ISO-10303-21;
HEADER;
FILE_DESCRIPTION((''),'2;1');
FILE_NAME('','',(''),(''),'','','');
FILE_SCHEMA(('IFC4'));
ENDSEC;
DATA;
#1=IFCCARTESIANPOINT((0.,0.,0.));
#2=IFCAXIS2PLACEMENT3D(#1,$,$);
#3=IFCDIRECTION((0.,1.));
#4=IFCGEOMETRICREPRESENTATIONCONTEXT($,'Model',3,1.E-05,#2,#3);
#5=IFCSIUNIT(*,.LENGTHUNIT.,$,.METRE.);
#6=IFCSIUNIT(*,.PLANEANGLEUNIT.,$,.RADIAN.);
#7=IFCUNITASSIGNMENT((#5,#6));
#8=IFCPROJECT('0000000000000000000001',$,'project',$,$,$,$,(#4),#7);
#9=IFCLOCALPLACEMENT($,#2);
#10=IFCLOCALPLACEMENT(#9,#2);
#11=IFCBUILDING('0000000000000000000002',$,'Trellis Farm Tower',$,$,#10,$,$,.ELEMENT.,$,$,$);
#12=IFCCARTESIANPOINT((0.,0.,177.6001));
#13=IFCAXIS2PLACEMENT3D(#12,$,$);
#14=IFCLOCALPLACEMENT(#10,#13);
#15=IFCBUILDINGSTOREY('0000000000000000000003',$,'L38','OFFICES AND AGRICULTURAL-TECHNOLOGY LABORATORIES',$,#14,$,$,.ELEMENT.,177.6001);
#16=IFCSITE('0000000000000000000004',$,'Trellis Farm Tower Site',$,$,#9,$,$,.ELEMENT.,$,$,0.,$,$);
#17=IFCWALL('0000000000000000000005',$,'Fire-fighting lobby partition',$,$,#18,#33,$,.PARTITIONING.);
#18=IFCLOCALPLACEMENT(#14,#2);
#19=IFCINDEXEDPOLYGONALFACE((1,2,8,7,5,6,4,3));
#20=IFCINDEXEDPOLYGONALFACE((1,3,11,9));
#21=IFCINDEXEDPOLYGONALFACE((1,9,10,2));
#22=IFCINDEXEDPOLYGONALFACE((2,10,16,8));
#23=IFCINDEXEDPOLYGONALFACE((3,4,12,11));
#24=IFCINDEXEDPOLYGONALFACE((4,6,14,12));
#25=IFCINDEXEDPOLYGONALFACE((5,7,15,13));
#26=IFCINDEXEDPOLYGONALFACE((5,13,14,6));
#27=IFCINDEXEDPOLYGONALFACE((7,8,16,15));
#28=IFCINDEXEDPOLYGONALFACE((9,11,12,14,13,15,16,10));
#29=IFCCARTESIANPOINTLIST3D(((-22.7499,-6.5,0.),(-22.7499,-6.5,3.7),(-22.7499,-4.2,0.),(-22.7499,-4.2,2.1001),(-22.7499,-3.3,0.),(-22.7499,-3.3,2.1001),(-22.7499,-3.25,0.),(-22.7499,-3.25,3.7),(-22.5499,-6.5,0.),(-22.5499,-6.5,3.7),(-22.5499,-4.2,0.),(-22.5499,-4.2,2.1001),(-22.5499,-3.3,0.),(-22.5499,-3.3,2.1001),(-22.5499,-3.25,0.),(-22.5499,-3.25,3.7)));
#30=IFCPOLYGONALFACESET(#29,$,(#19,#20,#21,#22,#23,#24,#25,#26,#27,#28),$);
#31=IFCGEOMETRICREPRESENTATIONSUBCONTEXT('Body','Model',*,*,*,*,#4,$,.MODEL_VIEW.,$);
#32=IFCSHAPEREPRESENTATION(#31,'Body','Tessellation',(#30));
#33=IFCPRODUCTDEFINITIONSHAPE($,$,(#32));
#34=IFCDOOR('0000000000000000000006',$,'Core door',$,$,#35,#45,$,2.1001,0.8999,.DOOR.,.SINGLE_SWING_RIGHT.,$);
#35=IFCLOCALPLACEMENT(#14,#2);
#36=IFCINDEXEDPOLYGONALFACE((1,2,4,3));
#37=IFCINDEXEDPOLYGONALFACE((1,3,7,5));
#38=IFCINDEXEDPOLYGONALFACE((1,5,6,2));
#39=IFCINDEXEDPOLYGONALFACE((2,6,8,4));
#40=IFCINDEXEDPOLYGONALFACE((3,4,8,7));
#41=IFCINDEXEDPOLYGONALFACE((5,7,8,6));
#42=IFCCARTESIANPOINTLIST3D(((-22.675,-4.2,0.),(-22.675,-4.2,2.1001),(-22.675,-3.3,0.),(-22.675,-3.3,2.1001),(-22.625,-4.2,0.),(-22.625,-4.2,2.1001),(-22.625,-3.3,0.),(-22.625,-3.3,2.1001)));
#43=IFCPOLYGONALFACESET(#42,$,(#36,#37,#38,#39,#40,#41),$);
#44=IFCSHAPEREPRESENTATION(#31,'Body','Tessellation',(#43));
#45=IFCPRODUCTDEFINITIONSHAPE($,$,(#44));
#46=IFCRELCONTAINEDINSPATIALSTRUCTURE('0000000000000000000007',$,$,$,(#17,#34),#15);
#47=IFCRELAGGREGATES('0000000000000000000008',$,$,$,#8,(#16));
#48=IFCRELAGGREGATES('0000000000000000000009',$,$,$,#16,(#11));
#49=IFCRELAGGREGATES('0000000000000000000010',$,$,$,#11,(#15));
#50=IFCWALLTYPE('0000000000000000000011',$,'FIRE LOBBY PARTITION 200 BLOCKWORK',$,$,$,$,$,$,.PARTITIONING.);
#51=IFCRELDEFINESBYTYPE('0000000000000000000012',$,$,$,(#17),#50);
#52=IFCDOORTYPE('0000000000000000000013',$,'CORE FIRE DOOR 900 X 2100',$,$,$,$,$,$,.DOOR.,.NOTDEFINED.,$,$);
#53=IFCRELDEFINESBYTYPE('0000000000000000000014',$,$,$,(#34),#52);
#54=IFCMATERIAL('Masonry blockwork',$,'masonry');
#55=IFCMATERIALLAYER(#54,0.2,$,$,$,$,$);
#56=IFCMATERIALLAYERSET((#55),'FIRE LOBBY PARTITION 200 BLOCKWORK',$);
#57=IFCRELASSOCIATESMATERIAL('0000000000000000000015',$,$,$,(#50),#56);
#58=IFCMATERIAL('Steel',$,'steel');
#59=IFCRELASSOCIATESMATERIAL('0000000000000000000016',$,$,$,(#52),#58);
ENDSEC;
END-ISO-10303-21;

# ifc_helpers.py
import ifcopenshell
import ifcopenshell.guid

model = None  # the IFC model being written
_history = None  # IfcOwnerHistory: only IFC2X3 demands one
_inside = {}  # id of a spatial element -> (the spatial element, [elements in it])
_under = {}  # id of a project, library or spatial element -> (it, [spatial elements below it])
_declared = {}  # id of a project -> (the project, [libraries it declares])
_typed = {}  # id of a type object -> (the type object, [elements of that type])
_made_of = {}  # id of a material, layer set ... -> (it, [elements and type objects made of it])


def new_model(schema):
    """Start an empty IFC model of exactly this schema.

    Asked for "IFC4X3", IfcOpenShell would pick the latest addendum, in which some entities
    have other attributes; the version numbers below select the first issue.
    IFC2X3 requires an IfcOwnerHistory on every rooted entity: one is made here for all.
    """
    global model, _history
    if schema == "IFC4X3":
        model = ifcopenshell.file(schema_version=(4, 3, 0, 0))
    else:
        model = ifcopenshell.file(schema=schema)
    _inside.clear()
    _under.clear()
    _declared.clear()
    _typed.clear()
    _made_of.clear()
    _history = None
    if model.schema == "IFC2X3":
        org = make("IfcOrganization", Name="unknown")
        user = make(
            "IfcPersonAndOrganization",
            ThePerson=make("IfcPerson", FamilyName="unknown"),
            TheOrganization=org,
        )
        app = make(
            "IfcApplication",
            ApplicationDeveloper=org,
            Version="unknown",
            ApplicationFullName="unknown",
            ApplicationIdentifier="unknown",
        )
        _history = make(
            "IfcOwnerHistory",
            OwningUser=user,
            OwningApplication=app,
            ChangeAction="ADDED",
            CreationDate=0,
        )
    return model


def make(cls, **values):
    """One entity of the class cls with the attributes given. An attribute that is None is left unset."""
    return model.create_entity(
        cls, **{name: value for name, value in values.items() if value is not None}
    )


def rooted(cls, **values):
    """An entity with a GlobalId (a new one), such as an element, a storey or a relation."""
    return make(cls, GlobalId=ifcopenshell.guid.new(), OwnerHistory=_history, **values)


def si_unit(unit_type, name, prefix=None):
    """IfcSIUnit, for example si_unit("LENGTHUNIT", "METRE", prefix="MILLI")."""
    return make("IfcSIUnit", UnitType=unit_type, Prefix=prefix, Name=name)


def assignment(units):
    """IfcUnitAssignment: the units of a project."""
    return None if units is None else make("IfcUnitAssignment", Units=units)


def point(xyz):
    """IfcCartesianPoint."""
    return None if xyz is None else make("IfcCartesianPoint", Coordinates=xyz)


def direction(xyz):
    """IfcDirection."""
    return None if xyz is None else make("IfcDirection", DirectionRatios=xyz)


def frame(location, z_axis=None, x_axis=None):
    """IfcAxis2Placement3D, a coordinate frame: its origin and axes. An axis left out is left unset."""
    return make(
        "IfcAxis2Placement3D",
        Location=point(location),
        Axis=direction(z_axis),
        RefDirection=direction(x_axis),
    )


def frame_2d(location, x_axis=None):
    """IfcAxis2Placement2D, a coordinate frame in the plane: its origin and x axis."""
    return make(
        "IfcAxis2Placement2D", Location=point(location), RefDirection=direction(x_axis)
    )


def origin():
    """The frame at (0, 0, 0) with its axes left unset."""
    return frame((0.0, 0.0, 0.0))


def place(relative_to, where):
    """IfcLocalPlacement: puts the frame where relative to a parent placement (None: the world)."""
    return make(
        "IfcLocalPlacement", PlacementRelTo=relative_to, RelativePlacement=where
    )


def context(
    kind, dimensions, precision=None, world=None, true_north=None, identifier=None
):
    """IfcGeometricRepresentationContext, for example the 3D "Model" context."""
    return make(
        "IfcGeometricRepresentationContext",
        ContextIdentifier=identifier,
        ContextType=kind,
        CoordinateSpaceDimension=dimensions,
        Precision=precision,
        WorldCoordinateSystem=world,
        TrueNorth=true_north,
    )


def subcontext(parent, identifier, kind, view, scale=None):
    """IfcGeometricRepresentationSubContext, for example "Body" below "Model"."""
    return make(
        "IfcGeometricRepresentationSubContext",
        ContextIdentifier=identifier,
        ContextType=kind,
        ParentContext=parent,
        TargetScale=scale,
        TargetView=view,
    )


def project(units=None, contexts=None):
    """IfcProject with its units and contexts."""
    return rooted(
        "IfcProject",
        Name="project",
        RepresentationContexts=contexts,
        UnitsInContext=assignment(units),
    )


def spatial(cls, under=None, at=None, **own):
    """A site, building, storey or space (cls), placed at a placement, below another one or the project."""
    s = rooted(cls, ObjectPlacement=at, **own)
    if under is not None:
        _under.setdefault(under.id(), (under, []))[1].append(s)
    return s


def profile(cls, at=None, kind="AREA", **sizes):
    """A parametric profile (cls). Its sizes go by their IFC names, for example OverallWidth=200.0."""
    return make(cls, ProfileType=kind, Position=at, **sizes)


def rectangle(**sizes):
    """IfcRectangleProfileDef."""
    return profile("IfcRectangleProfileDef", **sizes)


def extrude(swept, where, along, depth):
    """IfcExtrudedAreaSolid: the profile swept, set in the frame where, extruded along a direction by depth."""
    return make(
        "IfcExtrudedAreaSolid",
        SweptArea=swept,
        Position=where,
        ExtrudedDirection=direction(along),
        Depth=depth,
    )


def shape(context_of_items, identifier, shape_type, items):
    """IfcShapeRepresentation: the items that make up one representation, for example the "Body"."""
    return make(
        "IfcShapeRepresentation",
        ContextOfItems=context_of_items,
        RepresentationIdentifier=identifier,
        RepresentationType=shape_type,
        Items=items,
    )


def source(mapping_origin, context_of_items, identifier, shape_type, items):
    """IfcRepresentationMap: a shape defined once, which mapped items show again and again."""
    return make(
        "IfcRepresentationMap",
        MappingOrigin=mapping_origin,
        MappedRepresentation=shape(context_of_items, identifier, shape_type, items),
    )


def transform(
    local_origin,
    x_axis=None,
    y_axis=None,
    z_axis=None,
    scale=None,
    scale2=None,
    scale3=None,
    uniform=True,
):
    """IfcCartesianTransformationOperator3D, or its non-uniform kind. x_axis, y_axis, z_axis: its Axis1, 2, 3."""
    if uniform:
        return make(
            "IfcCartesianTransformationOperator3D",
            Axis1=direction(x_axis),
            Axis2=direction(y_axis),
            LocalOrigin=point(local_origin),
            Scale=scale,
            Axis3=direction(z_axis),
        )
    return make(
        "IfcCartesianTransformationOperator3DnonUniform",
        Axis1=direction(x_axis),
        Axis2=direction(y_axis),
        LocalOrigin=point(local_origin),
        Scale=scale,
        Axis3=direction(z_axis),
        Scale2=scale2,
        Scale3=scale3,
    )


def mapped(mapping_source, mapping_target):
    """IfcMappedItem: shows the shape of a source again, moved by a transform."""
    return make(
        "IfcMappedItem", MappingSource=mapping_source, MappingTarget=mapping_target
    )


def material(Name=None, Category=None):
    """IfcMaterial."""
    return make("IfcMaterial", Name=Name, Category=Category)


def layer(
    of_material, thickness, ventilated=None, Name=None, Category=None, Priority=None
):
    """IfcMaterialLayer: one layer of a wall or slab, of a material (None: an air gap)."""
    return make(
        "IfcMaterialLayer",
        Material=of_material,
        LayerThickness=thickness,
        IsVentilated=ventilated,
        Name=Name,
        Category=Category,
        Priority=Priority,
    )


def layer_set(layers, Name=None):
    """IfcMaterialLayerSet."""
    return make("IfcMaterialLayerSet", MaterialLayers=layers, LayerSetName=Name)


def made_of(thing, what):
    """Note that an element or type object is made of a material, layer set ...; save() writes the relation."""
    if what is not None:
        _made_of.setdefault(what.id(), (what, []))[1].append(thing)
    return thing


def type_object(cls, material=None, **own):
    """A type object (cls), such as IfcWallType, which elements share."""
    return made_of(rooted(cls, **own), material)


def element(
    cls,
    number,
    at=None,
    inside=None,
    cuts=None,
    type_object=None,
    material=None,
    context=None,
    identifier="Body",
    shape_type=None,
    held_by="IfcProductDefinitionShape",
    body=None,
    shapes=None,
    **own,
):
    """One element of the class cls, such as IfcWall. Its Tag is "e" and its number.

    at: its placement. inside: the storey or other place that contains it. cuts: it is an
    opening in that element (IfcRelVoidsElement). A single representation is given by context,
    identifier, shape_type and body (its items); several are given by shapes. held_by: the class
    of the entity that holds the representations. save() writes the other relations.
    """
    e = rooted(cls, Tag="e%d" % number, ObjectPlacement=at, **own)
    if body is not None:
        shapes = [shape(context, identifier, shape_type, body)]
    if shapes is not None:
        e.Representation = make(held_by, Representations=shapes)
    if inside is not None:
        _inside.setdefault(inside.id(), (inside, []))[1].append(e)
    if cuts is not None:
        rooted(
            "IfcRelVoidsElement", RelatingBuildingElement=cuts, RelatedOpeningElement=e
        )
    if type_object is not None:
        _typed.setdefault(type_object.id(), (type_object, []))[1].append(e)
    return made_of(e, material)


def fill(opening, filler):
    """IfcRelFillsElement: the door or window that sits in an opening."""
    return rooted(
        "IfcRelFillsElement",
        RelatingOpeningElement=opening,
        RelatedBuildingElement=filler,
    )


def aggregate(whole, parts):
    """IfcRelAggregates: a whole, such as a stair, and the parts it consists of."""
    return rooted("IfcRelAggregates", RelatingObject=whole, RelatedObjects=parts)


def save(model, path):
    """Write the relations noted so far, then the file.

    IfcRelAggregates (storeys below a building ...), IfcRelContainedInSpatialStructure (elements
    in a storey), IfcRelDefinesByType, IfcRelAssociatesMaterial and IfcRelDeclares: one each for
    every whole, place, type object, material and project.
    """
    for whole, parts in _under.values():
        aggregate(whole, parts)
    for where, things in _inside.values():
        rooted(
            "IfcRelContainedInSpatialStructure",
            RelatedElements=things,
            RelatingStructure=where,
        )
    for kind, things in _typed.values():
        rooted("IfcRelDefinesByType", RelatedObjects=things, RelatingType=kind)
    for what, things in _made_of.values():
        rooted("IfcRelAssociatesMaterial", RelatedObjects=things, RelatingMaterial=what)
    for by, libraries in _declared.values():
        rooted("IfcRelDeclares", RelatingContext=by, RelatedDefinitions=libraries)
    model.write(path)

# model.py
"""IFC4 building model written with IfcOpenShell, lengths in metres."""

from ifc_helpers import new_model, si_unit, direction, frame, frame_2d, origin, place, context, subcontext, project, spatial, rectangle, extrude, source, transform, mapped, material, layer, layer_set, type_object, element, fill, save


model = new_model("IFC4")

# Units and contexts
model_context = context("Model", 3, precision=1e-05, world=origin(), true_north=direction((0.0, 1.0)))
body_context = subcontext(model_context, "Body", "Model", "MODEL_VIEW")
ifc_project = project(units=[si_unit("LENGTHUNIT", "METRE"), si_unit("PLANEANGLEUNIT", "RADIAN")], contexts=[model_context])

# Site, building, storey
site_placement = place(None, origin())
site = spatial("IfcSite", under=ifc_project, at=site_placement, Name="Trellis Farm Tower Site", CompositionType="ELEMENT", RefElevation=0.0)
building_placement = place(site_placement, origin())
building = spatial("IfcBuilding", under=site, at=building_placement, Name="Trellis Farm Tower", CompositionType="ELEMENT")
storey_placement = place(building_placement, frame((0.0, 0.0, 177.6001)))
storey = spatial("IfcBuildingStorey", under=building, at=storey_placement, Name="L38", Description="OFFICES AND AGRICULTURAL-TECHNOLOGY LABORATORIES", CompositionType="ELEMENT", Elevation=177.6001)

# Wall, opening, door
ifc_material_1 = material(Name="Masonry blockwork", Category="masonry")
ifc_layer_1 = layer(ifc_material_1, 0.2)
ifc_layer_set_1 = layer_set([ifc_layer_1], Name="FIRE LOBBY PARTITION 200 BLOCKWORK")
wall_type_1 = type_object("IfcWallType", Name="FIRE LOBBY PARTITION 200 BLOCKWORK", PredefinedType="PARTITIONING", material=ifc_layer_set_1)
shared_shape_1 = source(origin(), body_context, "Body", "SweptSolid", [
    extrude(rectangle(XDim=3.25, YDim=0.2, at=frame_2d((1.625, 0.0))), origin(), (0.0, 0.0, 1.0), 3.7),
])
ifc_material_2 = material(Name="Steel", Category="steel")
wall_1_placement = place(storey_placement, frame((-22.6499, -3.25, 0.0), z_axis=(0.0, 0.0, 1.0), x_axis=(0.0, -1.0, 0.0)))
wall_1 = element("IfcWall", 1, at=wall_1_placement, inside=storey, type_object=wall_type_1, Name="Fire-fighting lobby partition", PredefinedType="PARTITIONING", context=body_context, shape_type="MappedRepresentation", body=[
    mapped(shared_shape_1, transform((0.0, 0.0, 0.0))),
])
shared_shape_2 = source(origin(), body_context, "Body", "SweptSolid", [
    extrude(rectangle(XDim=0.8999, YDim=2.1001, at=frame_2d((0.45, 1.05))), frame((0.0, 0.1101, 0.0), z_axis=(0.0, -1.0, 0.0), x_axis=(1.0, 0.0, 0.0)), (0.0, 0.0, 1.0), 0.2202),
])
opening_1_placement = place(wall_1_placement, frame((0.05, 0.0, 0.0)))
opening_1 = element("IfcOpeningElement", 2, at=opening_1_placement, cuts=wall_1, PredefinedType="OPENING", context=body_context, shape_type="MappedRepresentation", body=[
    mapped(shared_shape_2, transform((0.0, 0.0, 0.0))),
])
door_type_1 = type_object("IfcDoorType", Name="CORE FIRE DOOR 900 X 2100", OperationType="NOTDEFINED", PredefinedType="DOOR", material=ifc_material_2)
shared_shape_3 = source(origin(), body_context, "Body", "SweptSolid", [
    extrude(rectangle(XDim=0.8999, YDim=2.1001, at=frame_2d((0.45, 1.05))), frame((0.0, 0.0249, 0.0), z_axis=(0.0, -1.0, 0.0), x_axis=(1.0, 0.0, 0.0)), (0.0, 0.0, 1.0), 0.05),
])
door_1_placement = place(opening_1_placement, origin())
door_1 = element("IfcDoor", 3, at=door_1_placement, inside=storey, type_object=door_type_1, Name="Core door", OperationType="SINGLE_SWING_RIGHT", OverallHeight=2.1001, OverallWidth=0.8999, PredefinedType="DOOR", context=body_context, shape_type="MappedRepresentation", body=[
    mapped(shared_shape_3, transform((0.0, 0.0, 0.0))),
])
fill(opening_1, door_1)

save(model, "model.ifc")
